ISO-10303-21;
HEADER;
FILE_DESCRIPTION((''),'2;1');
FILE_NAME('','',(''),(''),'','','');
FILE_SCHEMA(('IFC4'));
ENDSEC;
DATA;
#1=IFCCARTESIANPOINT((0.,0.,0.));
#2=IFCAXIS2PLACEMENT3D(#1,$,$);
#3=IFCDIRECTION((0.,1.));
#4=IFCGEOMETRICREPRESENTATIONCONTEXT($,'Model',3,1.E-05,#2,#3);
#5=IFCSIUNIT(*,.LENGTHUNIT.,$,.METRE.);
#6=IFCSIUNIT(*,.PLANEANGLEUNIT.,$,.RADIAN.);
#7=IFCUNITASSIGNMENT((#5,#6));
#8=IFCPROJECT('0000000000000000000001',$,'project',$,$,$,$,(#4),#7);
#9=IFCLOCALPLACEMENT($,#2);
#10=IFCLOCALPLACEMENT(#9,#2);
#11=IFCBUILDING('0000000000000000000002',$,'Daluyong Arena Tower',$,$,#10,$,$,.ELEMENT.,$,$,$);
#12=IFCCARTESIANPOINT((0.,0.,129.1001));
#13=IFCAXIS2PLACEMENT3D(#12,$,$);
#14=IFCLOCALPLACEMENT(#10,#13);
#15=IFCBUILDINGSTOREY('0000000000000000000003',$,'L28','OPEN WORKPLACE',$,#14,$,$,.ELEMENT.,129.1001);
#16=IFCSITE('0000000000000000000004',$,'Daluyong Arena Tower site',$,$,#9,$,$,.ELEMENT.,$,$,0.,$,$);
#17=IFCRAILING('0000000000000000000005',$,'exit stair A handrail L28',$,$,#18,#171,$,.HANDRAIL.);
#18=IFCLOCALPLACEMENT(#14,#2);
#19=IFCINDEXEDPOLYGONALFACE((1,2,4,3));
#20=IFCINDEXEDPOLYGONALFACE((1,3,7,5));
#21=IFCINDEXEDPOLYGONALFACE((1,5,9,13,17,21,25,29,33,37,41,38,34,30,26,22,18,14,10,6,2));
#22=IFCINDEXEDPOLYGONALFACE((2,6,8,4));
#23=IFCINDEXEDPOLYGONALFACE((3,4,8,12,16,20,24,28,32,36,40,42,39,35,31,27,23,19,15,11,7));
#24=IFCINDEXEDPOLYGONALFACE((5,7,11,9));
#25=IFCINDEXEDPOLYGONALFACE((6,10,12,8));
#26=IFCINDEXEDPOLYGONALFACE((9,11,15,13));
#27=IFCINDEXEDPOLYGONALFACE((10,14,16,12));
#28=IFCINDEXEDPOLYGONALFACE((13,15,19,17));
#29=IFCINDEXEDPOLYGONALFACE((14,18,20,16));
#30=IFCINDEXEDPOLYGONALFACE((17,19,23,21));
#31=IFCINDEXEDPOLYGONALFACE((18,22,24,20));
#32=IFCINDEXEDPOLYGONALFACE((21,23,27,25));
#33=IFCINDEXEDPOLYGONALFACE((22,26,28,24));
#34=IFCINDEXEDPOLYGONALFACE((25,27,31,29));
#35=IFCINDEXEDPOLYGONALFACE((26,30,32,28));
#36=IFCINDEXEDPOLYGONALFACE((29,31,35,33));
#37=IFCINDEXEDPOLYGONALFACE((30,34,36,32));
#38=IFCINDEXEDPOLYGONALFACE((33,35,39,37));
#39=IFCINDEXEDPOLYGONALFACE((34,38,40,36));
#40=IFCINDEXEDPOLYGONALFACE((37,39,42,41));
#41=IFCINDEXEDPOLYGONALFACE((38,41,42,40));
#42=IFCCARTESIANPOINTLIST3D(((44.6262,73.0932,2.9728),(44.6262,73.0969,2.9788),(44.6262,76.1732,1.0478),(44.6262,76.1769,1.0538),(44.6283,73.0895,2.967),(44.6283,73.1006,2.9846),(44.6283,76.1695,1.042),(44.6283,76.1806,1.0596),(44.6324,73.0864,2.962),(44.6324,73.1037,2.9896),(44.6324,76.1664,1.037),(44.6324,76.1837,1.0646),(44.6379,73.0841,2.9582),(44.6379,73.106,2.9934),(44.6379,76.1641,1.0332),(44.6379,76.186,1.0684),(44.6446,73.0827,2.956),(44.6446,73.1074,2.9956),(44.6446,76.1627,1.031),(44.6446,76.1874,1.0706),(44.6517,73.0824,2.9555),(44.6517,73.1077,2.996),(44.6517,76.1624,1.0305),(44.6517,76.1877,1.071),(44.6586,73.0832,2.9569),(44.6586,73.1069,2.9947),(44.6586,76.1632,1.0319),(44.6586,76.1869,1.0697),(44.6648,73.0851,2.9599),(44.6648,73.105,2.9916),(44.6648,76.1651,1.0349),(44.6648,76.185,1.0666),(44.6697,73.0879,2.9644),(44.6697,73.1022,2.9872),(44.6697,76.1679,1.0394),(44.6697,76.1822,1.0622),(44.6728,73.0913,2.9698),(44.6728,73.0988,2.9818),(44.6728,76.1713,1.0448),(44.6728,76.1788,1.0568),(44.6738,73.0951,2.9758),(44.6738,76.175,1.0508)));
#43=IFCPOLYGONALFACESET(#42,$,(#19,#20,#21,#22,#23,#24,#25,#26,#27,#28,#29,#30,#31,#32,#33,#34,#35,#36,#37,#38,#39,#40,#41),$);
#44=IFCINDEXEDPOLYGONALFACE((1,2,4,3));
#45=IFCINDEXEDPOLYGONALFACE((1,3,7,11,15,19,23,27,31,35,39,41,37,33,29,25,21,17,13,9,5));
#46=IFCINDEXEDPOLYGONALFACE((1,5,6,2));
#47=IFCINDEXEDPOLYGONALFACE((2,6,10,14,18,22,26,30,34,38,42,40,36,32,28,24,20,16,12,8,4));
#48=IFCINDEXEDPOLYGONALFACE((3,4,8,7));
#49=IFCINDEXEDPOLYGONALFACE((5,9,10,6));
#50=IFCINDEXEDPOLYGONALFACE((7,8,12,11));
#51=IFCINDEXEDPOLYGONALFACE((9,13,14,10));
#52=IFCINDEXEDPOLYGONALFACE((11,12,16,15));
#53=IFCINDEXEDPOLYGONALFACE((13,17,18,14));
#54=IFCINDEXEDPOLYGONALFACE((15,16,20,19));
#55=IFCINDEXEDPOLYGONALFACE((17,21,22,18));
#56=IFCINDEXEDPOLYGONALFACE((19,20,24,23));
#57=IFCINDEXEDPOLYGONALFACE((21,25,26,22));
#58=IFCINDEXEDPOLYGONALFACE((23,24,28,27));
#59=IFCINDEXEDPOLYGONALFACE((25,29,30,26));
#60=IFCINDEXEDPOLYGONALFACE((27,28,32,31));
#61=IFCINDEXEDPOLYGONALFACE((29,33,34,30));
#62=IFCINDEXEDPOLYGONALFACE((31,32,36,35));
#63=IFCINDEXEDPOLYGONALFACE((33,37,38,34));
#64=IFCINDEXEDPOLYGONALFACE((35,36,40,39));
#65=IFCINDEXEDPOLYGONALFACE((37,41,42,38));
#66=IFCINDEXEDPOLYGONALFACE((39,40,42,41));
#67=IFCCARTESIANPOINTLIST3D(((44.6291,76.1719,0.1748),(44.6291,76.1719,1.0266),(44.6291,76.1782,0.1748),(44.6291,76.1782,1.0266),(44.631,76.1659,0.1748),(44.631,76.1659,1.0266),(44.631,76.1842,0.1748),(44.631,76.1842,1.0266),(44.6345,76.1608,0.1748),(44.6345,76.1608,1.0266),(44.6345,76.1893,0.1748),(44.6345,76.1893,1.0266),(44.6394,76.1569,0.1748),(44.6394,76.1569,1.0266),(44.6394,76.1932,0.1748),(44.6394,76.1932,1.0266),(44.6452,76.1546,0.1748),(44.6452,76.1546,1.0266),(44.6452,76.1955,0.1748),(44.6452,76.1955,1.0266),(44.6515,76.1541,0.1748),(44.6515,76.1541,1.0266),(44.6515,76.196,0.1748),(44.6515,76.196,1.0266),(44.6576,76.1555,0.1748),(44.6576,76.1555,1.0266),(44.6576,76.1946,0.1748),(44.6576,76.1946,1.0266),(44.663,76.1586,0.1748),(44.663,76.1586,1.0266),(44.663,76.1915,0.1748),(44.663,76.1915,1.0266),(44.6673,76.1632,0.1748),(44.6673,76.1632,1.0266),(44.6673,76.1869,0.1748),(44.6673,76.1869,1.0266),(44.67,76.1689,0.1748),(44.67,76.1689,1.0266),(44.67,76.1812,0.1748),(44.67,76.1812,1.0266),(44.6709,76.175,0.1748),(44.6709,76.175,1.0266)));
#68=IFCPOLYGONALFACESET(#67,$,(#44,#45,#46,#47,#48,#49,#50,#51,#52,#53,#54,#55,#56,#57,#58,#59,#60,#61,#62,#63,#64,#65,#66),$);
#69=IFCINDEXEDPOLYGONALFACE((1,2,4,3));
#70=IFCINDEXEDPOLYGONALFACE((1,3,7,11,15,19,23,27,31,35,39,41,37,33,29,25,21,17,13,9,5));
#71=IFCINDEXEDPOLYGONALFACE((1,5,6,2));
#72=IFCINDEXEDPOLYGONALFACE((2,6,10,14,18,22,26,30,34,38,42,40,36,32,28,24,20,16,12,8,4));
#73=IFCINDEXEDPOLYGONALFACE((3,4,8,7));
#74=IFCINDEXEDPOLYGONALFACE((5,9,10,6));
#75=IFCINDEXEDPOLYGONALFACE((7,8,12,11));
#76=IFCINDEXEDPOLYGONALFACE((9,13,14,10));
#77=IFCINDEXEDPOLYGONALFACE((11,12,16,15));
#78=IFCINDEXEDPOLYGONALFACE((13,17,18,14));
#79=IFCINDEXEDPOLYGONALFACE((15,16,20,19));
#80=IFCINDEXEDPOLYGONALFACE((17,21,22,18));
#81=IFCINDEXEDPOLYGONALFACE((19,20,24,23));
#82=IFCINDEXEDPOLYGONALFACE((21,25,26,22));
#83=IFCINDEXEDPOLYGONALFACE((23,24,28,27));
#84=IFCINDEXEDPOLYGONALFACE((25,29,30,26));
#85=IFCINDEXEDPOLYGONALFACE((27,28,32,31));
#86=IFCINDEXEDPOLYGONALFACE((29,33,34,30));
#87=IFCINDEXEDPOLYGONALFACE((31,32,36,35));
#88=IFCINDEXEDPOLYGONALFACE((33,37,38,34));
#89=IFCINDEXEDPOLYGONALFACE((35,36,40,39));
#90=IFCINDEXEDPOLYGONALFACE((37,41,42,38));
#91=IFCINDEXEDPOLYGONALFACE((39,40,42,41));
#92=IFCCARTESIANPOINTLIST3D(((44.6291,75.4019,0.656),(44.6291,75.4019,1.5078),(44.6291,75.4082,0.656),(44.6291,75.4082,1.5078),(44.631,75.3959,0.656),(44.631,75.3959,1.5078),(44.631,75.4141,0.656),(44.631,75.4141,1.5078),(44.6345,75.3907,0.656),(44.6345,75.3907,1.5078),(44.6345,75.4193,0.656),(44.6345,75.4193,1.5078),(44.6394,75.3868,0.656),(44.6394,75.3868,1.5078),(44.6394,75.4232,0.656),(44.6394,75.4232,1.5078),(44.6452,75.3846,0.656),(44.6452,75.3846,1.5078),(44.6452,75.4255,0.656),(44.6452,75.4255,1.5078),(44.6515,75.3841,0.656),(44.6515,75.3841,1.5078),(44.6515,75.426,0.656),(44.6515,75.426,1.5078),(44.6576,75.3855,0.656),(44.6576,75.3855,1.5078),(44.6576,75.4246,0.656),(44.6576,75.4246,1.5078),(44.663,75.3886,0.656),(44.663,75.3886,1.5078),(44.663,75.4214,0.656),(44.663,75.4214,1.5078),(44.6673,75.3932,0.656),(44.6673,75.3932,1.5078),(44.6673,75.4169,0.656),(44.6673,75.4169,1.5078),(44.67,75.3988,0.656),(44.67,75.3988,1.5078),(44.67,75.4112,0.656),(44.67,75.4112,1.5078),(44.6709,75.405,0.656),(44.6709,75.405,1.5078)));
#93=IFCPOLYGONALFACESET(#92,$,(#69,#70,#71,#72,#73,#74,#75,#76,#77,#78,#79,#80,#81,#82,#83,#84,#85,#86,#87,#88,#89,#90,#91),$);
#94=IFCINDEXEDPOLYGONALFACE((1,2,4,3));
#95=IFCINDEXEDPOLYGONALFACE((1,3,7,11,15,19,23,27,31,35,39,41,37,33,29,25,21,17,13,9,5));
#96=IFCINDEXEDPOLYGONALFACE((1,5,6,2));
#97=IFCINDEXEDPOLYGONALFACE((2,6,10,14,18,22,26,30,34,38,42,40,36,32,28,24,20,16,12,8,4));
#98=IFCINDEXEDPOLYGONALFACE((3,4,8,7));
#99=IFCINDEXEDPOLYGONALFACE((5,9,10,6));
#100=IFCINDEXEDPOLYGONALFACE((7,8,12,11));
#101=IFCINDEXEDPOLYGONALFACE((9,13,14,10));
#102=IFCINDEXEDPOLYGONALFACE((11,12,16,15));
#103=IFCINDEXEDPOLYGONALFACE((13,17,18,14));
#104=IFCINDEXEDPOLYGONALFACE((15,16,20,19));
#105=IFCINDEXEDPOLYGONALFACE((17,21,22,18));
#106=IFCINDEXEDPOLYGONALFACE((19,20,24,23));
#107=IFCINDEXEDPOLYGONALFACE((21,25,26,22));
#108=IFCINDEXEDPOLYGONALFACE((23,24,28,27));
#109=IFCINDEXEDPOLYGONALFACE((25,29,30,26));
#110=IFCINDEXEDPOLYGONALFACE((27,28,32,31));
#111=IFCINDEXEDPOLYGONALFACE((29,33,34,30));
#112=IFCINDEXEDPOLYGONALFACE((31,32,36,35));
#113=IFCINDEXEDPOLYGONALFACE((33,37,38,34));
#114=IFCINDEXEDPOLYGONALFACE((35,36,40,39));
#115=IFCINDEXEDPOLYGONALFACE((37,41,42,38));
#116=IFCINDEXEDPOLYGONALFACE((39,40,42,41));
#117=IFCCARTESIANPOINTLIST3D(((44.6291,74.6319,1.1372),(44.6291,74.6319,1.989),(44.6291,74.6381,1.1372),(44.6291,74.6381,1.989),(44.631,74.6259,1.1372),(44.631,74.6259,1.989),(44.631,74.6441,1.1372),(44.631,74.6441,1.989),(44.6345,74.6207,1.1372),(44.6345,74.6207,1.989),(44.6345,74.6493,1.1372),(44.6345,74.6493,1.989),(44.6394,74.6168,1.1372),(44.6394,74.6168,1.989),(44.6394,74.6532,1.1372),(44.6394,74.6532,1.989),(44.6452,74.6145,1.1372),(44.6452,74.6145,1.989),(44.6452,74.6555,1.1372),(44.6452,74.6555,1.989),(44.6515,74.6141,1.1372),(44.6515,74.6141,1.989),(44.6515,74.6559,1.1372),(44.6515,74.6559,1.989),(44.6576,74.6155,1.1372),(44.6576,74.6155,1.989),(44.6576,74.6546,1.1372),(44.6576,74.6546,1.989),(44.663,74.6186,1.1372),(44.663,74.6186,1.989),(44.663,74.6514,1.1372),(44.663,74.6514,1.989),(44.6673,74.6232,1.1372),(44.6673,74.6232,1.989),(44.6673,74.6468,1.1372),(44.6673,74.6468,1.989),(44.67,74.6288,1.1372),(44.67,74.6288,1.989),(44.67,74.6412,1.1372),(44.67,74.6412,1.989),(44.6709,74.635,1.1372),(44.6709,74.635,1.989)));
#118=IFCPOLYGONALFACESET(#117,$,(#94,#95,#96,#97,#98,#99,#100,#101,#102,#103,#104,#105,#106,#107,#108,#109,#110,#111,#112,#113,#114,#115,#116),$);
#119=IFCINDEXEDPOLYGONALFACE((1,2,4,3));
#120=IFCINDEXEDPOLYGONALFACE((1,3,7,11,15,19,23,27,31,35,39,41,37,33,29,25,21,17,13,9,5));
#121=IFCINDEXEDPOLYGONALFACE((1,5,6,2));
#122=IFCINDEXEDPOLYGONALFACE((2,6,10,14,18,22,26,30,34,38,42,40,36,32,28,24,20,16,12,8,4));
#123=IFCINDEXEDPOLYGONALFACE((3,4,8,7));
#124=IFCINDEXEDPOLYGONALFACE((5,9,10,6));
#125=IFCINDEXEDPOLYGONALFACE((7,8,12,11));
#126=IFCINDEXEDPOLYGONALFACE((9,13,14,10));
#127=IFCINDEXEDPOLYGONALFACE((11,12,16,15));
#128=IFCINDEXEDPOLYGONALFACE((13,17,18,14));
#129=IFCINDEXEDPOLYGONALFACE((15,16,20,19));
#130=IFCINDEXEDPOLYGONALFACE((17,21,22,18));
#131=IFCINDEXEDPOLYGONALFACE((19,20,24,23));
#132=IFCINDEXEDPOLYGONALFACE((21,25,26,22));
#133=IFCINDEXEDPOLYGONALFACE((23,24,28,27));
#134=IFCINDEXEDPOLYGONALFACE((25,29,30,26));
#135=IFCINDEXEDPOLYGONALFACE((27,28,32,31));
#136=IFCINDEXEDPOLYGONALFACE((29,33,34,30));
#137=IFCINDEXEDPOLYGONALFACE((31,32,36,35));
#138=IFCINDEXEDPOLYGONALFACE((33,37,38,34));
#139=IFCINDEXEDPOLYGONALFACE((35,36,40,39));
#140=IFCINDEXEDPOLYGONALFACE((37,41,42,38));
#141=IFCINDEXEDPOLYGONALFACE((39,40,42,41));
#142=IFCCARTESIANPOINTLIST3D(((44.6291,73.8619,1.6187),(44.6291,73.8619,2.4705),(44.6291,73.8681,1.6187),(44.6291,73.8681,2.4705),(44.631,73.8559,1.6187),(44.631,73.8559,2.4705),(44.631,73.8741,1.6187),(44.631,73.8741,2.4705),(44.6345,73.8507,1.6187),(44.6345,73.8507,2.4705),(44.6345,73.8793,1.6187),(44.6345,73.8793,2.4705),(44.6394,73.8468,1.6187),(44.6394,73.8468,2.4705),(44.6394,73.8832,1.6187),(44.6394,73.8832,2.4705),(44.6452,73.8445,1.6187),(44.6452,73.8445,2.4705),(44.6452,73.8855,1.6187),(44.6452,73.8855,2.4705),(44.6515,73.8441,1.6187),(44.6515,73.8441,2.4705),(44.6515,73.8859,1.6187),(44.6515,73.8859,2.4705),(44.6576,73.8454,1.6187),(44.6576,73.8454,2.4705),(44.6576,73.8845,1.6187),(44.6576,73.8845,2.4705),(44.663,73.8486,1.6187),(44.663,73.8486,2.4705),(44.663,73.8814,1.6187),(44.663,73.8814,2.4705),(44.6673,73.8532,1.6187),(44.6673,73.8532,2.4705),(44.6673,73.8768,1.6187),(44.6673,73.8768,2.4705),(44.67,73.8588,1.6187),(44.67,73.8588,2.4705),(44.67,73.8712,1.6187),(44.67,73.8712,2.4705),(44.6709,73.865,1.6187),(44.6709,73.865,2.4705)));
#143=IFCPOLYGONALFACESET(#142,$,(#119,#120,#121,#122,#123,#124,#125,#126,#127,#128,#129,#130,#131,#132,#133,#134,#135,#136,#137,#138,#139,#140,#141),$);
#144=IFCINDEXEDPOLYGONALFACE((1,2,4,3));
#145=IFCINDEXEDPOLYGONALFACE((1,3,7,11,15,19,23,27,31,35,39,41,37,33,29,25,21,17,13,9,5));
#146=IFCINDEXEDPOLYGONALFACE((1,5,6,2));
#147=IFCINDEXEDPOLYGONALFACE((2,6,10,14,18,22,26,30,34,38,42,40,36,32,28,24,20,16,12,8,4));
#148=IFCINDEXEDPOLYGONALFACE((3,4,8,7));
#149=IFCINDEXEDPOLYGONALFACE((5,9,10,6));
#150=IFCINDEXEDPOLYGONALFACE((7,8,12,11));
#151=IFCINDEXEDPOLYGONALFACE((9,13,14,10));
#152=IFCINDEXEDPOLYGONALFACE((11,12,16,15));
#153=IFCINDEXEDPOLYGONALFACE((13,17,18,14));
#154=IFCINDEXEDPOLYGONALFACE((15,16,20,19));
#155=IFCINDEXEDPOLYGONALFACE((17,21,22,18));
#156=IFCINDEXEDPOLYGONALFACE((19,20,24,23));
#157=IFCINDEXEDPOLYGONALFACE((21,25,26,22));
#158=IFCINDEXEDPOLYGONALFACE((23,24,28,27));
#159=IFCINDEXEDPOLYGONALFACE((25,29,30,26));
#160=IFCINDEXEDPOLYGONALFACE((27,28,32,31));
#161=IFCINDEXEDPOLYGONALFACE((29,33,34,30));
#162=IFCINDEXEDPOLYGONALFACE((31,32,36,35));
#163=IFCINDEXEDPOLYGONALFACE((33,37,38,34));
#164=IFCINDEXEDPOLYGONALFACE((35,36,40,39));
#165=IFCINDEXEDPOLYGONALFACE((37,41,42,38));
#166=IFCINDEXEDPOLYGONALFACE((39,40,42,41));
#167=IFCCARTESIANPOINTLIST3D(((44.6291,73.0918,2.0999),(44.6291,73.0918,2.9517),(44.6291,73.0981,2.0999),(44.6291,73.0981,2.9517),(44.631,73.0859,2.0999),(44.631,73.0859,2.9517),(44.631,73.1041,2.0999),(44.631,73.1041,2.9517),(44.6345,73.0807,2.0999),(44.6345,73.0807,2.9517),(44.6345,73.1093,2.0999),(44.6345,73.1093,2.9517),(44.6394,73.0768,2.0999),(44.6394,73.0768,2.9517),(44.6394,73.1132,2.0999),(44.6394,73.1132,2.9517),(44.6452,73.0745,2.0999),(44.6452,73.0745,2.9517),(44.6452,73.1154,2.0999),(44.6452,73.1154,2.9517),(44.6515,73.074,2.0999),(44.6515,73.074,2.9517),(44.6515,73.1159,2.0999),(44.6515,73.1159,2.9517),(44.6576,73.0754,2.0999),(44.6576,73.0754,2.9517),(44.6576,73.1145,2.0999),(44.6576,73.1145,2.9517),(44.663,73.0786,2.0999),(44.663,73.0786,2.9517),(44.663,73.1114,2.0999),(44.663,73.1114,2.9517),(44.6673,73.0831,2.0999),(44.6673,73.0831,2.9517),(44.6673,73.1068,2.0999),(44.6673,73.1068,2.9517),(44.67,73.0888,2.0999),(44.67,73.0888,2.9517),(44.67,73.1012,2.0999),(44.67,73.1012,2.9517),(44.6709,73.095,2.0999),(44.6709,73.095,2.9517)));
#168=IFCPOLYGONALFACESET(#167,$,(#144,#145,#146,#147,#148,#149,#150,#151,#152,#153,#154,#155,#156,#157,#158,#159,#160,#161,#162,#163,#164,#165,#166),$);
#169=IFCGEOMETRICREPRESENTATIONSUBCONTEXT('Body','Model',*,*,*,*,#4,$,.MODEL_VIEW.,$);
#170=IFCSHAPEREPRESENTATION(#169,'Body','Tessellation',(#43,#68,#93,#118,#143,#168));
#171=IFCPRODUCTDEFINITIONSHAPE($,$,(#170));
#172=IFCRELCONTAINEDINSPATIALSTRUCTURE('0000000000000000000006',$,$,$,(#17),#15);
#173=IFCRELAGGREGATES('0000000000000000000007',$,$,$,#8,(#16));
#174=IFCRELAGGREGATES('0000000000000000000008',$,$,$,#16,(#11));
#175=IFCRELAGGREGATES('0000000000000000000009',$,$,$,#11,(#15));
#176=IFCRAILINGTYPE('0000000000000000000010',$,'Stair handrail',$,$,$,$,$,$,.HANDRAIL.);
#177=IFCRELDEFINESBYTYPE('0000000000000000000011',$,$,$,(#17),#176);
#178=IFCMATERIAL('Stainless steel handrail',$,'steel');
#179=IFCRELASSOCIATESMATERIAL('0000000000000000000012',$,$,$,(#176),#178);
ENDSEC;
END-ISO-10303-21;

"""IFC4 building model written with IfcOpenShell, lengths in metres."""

from ifc_helpers import new_model, si_unit, direction, frame, origin, origin_2d, place, context, subcontext, project, spatial, circle, extrude, material, type_object, element, save


model = new_model("IFC4")

# Units and contexts
model_context = context("Model", 3, precision=1e-05, world=origin(), true_north=direction((0.0, 1.0)))
body_context = subcontext(model_context, "Body", "Model", "MODEL_VIEW")
ifc_project = project(units=[si_unit("LENGTHUNIT", "METRE"), si_unit("PLANEANGLEUNIT", "RADIAN")], contexts=[model_context])

# Site, building, storey
site_placement = place(None, origin())
site = spatial("IfcSite", under=ifc_project, at=site_placement, Name="Daluyong Arena Tower site", CompositionType="ELEMENT", RefElevation=0.0)
building_placement = place(site_placement, origin())
building = spatial("IfcBuilding", under=site, at=building_placement, Name="Daluyong Arena Tower", CompositionType="ELEMENT")
storey_placement = place(building_placement, frame((0.0, 0.0, 129.1001)))
storey = spatial("IfcBuildingStorey", under=building, at=storey_placement, Name="L28", Description="OPEN WORKPLACE", CompositionType="ELEMENT", Elevation=129.1001)

# Railing
ifc_material_1 = material(Name="Stainless steel handrail", Category="steel")
railing_type_1 = type_object("IfcRailingType", Name="Stair handrail", PredefinedType="HANDRAIL", material=ifc_material_1)
railing_1_placement = place(storey_placement, frame((44.6499, 76.175, 0.1748)))
element("IfcRailing", 1, at=railing_1_placement, inside=storey, type_object=railing_type_1, Name="exit stair A handrail L28", PredefinedType="HANDRAIL", context=body_context, shape_type="SweptSolid", body=[
    extrude(circle(Radius=0.0239, at=origin_2d()), frame((0.0, 0.0, 0.876), z_axis=(0.0, -0.847998, 0.529999), x_axis=(1.0, 0.0, 0.0)), (0.0, 0.0, 1.0), 3.6321),
    extrude(circle(Radius=0.021, at=origin_2d()), origin(), (0.0, 0.0, 1.0), 0.8518),
    extrude(circle(Radius=0.021, at=origin_2d()), frame((0.0, -0.77, 0.4812)), (0.0, 0.0, 1.0), 0.8518),
    extrude(circle(Radius=0.021, at=origin_2d()), frame((0.0, -1.54, 0.9624)), (0.0, 0.0, 1.0), 0.8518),
    extrude(circle(Radius=0.021, at=origin_2d()), frame((0.0, -2.3101, 1.4438)), (0.0, 0.0, 1.0), 0.8518),
    extrude(circle(Radius=0.021, at=origin_2d()), frame((0.0, -3.0801, 1.925)), (0.0, 0.0, 1.0), 0.8518),
])

save(model, "model.ifc")
